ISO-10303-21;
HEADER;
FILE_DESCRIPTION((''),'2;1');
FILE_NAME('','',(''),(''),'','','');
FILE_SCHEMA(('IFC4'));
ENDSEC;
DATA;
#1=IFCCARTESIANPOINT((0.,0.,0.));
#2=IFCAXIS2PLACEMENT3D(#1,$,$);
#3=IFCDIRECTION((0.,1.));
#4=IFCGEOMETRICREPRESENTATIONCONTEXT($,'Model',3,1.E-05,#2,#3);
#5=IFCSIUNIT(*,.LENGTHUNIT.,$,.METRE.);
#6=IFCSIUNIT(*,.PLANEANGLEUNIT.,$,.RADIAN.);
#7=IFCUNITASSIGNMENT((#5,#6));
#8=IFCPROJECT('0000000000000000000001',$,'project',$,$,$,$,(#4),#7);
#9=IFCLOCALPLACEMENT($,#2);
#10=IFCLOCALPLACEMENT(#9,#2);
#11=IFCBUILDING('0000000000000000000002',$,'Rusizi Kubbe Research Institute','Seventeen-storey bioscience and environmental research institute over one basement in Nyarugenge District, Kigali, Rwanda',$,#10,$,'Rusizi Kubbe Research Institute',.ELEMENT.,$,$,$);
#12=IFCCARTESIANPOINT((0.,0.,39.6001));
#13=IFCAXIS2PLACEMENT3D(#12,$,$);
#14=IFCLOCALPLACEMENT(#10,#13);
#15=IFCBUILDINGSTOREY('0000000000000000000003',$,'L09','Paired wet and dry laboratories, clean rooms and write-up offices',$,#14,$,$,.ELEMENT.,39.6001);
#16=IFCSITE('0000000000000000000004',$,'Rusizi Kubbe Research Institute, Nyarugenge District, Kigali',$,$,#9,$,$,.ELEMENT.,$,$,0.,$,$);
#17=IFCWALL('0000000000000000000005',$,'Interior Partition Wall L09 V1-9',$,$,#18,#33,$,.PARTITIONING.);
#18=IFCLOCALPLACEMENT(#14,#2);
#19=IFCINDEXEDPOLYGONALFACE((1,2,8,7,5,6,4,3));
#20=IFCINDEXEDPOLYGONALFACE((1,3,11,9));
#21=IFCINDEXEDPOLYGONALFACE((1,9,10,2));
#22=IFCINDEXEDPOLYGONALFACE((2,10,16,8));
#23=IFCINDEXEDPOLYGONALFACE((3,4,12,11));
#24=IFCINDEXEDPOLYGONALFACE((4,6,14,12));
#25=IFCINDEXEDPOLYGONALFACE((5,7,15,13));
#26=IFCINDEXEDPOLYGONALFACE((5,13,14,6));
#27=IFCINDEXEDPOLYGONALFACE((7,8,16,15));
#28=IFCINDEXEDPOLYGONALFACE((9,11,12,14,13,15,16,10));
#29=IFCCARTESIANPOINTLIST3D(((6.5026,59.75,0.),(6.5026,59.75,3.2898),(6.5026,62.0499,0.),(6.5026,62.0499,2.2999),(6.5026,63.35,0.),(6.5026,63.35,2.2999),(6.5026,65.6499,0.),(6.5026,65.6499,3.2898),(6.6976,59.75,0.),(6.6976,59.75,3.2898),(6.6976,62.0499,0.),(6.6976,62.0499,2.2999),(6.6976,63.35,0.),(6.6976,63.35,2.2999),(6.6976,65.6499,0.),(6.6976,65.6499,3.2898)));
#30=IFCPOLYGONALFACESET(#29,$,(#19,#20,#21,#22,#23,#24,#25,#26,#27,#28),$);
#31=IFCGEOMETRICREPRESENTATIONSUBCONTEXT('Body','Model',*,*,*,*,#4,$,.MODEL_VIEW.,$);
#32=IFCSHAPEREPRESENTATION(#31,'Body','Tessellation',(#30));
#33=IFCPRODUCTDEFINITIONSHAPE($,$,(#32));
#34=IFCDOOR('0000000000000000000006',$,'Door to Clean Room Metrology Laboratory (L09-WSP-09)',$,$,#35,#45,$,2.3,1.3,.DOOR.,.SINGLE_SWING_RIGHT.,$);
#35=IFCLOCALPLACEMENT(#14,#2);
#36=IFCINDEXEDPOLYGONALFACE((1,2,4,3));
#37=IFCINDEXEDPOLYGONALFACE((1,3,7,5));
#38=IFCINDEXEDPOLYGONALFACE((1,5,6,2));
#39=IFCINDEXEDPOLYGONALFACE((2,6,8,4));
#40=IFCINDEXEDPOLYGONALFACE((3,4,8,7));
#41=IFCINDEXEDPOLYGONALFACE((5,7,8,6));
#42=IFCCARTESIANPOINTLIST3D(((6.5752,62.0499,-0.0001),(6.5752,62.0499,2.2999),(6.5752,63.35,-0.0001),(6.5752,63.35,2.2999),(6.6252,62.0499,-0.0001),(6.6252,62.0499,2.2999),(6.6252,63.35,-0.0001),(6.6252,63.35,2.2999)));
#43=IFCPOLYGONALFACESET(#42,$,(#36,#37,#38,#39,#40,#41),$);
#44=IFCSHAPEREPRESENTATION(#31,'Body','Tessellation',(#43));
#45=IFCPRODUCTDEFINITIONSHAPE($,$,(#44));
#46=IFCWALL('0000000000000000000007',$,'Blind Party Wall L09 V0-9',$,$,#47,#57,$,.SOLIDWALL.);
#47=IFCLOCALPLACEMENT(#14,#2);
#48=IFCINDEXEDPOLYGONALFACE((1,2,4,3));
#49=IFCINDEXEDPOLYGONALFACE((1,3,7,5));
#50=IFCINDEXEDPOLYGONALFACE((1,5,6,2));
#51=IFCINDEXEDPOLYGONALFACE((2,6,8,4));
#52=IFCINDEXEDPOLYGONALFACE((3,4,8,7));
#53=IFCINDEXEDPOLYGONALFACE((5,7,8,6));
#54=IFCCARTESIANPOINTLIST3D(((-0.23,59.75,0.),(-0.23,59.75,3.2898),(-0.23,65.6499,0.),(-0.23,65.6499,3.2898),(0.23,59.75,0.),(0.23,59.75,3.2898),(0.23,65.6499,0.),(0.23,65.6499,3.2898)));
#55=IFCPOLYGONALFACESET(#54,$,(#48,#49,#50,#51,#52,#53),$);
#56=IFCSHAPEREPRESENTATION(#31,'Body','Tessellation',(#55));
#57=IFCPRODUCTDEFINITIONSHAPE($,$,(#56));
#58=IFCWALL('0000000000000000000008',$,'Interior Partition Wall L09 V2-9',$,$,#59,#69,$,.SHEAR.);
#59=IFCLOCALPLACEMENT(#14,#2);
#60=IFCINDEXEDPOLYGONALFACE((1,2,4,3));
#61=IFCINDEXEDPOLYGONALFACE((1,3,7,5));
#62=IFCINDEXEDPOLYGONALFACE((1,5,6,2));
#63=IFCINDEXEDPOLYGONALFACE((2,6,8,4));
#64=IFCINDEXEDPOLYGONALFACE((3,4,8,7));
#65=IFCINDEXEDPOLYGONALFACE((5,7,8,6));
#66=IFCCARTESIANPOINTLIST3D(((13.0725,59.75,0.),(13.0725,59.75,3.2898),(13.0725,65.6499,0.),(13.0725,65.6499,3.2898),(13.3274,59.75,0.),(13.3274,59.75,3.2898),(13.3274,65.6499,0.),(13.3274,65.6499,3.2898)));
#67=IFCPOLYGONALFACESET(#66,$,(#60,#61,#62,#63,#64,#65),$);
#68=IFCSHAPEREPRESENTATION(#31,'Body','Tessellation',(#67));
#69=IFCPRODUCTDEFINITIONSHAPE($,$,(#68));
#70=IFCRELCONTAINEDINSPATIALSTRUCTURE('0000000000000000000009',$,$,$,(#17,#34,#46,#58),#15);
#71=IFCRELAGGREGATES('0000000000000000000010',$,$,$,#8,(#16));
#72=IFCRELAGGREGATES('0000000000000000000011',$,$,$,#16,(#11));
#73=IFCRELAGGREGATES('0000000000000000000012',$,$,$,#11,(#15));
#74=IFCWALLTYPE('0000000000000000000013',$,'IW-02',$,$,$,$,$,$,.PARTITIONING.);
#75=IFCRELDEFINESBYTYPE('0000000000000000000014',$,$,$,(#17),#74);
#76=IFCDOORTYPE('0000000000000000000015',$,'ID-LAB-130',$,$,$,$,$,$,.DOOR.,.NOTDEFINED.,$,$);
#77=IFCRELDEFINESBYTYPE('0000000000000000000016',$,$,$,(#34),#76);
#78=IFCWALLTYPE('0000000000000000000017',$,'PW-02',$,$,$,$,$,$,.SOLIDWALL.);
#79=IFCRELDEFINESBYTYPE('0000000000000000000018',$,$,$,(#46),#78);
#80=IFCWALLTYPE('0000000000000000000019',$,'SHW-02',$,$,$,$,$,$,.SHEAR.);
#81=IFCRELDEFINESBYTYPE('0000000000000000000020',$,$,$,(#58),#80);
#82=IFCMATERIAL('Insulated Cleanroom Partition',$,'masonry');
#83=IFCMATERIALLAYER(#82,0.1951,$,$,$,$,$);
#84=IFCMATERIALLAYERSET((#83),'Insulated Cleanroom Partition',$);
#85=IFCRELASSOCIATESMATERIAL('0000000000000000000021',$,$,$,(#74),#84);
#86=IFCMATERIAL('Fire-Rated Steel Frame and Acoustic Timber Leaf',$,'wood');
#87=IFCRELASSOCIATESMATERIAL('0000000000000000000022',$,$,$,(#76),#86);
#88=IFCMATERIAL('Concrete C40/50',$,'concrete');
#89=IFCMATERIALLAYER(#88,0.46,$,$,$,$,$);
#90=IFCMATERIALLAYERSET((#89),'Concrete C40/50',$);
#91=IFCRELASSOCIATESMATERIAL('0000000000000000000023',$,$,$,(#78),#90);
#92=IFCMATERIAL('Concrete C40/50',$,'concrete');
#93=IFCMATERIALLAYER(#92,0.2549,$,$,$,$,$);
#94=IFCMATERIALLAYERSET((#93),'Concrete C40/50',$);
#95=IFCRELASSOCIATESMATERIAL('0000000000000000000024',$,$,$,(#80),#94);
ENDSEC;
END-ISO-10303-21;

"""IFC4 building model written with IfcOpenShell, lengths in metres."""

from ifc_helpers import new_model, si_unit, direction, frame, frame_2d, origin, place, context, subcontext, project, spatial, rectangle, extrude, material, layer, layer_set, type_object, element, fill, save


model = new_model("IFC4")

# Units and contexts
model_context = context("Model", 3, precision=1e-05, world=origin(), true_north=direction((0.0, 1.0)))
body_context = subcontext(model_context, "Body", "Model", "MODEL_VIEW")
ifc_project = project(units=[si_unit("LENGTHUNIT", "METRE"), si_unit("PLANEANGLEUNIT", "RADIAN")], contexts=[model_context])

# Site, building, storey
site_placement = place(None, origin())
site = spatial("IfcSite", under=ifc_project, at=site_placement, Name="Rusizi Kubbe Research Institute, Nyarugenge District, Kigali", CompositionType="ELEMENT", RefElevation=0.0)
building_placement = place(site_placement, origin())
building = spatial("IfcBuilding", under=site, at=building_placement, Name="Rusizi Kubbe Research Institute", Description="Seventeen-storey bioscience and environmental research institute over one basement in Nyarugenge District, Kigali, Rwanda", LongName="Rusizi Kubbe Research Institute", CompositionType="ELEMENT")
storey_placement = place(building_placement, frame((0.0, 0.0, 39.6001)))
storey = spatial("IfcBuildingStorey", under=building, at=storey_placement, Name="L09", Description="Paired wet and dry laboratories, clean rooms and write-up offices", CompositionType="ELEMENT", Elevation=39.6001)

# Wall, opening, door
ifc_material_1 = material(Name="Insulated Cleanroom Partition", Category="masonry")
ifc_layer_1 = layer(ifc_material_1, 0.1951)
ifc_layer_set_1 = layer_set([ifc_layer_1], Name="Insulated Cleanroom Partition")
wall_type_1 = type_object("IfcWallType", Name="IW-02", PredefinedType="PARTITIONING", material=ifc_layer_set_1)
wall_1_placement = place(storey_placement, frame((6.6001, 59.75, 0.0), z_axis=(0.0, 0.0, 1.0), x_axis=(0.0, 1.0, 0.0)))
wall_1 = element("IfcWall", 1, at=wall_1_placement, inside=storey, type_object=wall_type_1, Name="Interior Partition Wall L09 V1-9", PredefinedType="PARTITIONING", context=body_context, shape_type="SweptSolid", body=[
    extrude(rectangle(XDim=5.8999, YDim=0.1951, at=frame_2d((2.95, 0.0))), origin(), (0.0, 0.0, 1.0), 3.2898),
])
opening_1_placement = place(wall_1_placement, frame((2.3, 0.0, 0.0)))
opening_1 = element("IfcOpeningElement", 2, at=opening_1_placement, cuts=wall_1, PredefinedType="OPENING", context=body_context, shape_type="SweptSolid", body=[
    extrude(rectangle(XDim=1.3, YDim=2.3, at=frame_2d((0.6499, 1.1499))), frame((0.0, 0.1074, 0.0), z_axis=(0.0, -1.0, 0.0), x_axis=(1.0, 0.0, 0.0)), (0.0, 0.0, 1.0), 0.2151),
])
ifc_material_2 = material(Name="Fire-Rated Steel Frame and Acoustic Timber Leaf", Category="wood")
door_type = type_object("IfcDoorType", Name="ID-LAB-130", OperationType="NOTDEFINED", PredefinedType="DOOR", material=ifc_material_2)
door_placement = place(opening_1_placement, origin())
door = element("IfcDoor", 3, at=door_placement, inside=storey, type_object=door_type, Name="Door to Clean Room Metrology Laboratory (L09-WSP-09)", OperationType="SINGLE_SWING_RIGHT", OverallHeight=2.3, OverallWidth=1.3, PredefinedType="DOOR", context=body_context, shape_type="SweptSolid", body=[
    extrude(rectangle(XDim=1.3, YDim=2.3, at=frame_2d((0.6499, 1.1499))), frame((0.0, 0.0249, 0.0), z_axis=(0.0, -1.0, 0.0), x_axis=(1.0, 0.0, 0.0)), (0.0, 0.0, 1.0), 0.05),
])
fill(opening_1, door)

# Walls
ifc_material_3 = material(Name="Concrete C40/50", Category="concrete")
ifc_layer_2 = layer(ifc_material_3, 0.46)
ifc_layer_set_2 = layer_set([ifc_layer_2], Name="Concrete C40/50")
wall_type_2 = type_object("IfcWallType", Name="PW-02", PredefinedType="SOLIDWALL", material=ifc_layer_set_2)
wall_2_placement = place(storey_placement, frame((0.0, 59.75, 0.0), z_axis=(0.0, 0.0, 1.0), x_axis=(0.0, 1.0, 0.0)))
element("IfcWall", 4, at=wall_2_placement, inside=storey, type_object=wall_type_2, Name="Blind Party Wall L09 V0-9", PredefinedType="SOLIDWALL", context=body_context, shape_type="SweptSolid", body=[
    extrude(rectangle(XDim=5.8999, YDim=0.46, at=frame_2d((2.95, 0.0))), origin(), (0.0, 0.0, 1.0), 3.2898),
])
ifc_material_4 = material(Name="Concrete C40/50", Category="concrete")
ifc_layer_3 = layer(ifc_material_4, 0.2549)
ifc_layer_set_3 = layer_set([ifc_layer_3], Name="Concrete C40/50")
wall_type_3 = type_object("IfcWallType", Name="SHW-02", PredefinedType="SHEAR", material=ifc_layer_set_3)
wall_3_placement = place(storey_placement, frame((13.2, 59.75, 0.0), z_axis=(0.0, 0.0, 1.0), x_axis=(0.0, 1.0, 0.0)))
element("IfcWall", 5, at=wall_3_placement, inside=storey, type_object=wall_type_3, Name="Interior Partition Wall L09 V2-9", PredefinedType="SHEAR", context=body_context, shape_type="SweptSolid", body=[
    extrude(rectangle(XDim=5.8999, YDim=0.2549, at=frame_2d((2.95, 0.0))), origin(), (0.0, 0.0, 1.0), 3.2898),
])

save(model, "model.ifc")
